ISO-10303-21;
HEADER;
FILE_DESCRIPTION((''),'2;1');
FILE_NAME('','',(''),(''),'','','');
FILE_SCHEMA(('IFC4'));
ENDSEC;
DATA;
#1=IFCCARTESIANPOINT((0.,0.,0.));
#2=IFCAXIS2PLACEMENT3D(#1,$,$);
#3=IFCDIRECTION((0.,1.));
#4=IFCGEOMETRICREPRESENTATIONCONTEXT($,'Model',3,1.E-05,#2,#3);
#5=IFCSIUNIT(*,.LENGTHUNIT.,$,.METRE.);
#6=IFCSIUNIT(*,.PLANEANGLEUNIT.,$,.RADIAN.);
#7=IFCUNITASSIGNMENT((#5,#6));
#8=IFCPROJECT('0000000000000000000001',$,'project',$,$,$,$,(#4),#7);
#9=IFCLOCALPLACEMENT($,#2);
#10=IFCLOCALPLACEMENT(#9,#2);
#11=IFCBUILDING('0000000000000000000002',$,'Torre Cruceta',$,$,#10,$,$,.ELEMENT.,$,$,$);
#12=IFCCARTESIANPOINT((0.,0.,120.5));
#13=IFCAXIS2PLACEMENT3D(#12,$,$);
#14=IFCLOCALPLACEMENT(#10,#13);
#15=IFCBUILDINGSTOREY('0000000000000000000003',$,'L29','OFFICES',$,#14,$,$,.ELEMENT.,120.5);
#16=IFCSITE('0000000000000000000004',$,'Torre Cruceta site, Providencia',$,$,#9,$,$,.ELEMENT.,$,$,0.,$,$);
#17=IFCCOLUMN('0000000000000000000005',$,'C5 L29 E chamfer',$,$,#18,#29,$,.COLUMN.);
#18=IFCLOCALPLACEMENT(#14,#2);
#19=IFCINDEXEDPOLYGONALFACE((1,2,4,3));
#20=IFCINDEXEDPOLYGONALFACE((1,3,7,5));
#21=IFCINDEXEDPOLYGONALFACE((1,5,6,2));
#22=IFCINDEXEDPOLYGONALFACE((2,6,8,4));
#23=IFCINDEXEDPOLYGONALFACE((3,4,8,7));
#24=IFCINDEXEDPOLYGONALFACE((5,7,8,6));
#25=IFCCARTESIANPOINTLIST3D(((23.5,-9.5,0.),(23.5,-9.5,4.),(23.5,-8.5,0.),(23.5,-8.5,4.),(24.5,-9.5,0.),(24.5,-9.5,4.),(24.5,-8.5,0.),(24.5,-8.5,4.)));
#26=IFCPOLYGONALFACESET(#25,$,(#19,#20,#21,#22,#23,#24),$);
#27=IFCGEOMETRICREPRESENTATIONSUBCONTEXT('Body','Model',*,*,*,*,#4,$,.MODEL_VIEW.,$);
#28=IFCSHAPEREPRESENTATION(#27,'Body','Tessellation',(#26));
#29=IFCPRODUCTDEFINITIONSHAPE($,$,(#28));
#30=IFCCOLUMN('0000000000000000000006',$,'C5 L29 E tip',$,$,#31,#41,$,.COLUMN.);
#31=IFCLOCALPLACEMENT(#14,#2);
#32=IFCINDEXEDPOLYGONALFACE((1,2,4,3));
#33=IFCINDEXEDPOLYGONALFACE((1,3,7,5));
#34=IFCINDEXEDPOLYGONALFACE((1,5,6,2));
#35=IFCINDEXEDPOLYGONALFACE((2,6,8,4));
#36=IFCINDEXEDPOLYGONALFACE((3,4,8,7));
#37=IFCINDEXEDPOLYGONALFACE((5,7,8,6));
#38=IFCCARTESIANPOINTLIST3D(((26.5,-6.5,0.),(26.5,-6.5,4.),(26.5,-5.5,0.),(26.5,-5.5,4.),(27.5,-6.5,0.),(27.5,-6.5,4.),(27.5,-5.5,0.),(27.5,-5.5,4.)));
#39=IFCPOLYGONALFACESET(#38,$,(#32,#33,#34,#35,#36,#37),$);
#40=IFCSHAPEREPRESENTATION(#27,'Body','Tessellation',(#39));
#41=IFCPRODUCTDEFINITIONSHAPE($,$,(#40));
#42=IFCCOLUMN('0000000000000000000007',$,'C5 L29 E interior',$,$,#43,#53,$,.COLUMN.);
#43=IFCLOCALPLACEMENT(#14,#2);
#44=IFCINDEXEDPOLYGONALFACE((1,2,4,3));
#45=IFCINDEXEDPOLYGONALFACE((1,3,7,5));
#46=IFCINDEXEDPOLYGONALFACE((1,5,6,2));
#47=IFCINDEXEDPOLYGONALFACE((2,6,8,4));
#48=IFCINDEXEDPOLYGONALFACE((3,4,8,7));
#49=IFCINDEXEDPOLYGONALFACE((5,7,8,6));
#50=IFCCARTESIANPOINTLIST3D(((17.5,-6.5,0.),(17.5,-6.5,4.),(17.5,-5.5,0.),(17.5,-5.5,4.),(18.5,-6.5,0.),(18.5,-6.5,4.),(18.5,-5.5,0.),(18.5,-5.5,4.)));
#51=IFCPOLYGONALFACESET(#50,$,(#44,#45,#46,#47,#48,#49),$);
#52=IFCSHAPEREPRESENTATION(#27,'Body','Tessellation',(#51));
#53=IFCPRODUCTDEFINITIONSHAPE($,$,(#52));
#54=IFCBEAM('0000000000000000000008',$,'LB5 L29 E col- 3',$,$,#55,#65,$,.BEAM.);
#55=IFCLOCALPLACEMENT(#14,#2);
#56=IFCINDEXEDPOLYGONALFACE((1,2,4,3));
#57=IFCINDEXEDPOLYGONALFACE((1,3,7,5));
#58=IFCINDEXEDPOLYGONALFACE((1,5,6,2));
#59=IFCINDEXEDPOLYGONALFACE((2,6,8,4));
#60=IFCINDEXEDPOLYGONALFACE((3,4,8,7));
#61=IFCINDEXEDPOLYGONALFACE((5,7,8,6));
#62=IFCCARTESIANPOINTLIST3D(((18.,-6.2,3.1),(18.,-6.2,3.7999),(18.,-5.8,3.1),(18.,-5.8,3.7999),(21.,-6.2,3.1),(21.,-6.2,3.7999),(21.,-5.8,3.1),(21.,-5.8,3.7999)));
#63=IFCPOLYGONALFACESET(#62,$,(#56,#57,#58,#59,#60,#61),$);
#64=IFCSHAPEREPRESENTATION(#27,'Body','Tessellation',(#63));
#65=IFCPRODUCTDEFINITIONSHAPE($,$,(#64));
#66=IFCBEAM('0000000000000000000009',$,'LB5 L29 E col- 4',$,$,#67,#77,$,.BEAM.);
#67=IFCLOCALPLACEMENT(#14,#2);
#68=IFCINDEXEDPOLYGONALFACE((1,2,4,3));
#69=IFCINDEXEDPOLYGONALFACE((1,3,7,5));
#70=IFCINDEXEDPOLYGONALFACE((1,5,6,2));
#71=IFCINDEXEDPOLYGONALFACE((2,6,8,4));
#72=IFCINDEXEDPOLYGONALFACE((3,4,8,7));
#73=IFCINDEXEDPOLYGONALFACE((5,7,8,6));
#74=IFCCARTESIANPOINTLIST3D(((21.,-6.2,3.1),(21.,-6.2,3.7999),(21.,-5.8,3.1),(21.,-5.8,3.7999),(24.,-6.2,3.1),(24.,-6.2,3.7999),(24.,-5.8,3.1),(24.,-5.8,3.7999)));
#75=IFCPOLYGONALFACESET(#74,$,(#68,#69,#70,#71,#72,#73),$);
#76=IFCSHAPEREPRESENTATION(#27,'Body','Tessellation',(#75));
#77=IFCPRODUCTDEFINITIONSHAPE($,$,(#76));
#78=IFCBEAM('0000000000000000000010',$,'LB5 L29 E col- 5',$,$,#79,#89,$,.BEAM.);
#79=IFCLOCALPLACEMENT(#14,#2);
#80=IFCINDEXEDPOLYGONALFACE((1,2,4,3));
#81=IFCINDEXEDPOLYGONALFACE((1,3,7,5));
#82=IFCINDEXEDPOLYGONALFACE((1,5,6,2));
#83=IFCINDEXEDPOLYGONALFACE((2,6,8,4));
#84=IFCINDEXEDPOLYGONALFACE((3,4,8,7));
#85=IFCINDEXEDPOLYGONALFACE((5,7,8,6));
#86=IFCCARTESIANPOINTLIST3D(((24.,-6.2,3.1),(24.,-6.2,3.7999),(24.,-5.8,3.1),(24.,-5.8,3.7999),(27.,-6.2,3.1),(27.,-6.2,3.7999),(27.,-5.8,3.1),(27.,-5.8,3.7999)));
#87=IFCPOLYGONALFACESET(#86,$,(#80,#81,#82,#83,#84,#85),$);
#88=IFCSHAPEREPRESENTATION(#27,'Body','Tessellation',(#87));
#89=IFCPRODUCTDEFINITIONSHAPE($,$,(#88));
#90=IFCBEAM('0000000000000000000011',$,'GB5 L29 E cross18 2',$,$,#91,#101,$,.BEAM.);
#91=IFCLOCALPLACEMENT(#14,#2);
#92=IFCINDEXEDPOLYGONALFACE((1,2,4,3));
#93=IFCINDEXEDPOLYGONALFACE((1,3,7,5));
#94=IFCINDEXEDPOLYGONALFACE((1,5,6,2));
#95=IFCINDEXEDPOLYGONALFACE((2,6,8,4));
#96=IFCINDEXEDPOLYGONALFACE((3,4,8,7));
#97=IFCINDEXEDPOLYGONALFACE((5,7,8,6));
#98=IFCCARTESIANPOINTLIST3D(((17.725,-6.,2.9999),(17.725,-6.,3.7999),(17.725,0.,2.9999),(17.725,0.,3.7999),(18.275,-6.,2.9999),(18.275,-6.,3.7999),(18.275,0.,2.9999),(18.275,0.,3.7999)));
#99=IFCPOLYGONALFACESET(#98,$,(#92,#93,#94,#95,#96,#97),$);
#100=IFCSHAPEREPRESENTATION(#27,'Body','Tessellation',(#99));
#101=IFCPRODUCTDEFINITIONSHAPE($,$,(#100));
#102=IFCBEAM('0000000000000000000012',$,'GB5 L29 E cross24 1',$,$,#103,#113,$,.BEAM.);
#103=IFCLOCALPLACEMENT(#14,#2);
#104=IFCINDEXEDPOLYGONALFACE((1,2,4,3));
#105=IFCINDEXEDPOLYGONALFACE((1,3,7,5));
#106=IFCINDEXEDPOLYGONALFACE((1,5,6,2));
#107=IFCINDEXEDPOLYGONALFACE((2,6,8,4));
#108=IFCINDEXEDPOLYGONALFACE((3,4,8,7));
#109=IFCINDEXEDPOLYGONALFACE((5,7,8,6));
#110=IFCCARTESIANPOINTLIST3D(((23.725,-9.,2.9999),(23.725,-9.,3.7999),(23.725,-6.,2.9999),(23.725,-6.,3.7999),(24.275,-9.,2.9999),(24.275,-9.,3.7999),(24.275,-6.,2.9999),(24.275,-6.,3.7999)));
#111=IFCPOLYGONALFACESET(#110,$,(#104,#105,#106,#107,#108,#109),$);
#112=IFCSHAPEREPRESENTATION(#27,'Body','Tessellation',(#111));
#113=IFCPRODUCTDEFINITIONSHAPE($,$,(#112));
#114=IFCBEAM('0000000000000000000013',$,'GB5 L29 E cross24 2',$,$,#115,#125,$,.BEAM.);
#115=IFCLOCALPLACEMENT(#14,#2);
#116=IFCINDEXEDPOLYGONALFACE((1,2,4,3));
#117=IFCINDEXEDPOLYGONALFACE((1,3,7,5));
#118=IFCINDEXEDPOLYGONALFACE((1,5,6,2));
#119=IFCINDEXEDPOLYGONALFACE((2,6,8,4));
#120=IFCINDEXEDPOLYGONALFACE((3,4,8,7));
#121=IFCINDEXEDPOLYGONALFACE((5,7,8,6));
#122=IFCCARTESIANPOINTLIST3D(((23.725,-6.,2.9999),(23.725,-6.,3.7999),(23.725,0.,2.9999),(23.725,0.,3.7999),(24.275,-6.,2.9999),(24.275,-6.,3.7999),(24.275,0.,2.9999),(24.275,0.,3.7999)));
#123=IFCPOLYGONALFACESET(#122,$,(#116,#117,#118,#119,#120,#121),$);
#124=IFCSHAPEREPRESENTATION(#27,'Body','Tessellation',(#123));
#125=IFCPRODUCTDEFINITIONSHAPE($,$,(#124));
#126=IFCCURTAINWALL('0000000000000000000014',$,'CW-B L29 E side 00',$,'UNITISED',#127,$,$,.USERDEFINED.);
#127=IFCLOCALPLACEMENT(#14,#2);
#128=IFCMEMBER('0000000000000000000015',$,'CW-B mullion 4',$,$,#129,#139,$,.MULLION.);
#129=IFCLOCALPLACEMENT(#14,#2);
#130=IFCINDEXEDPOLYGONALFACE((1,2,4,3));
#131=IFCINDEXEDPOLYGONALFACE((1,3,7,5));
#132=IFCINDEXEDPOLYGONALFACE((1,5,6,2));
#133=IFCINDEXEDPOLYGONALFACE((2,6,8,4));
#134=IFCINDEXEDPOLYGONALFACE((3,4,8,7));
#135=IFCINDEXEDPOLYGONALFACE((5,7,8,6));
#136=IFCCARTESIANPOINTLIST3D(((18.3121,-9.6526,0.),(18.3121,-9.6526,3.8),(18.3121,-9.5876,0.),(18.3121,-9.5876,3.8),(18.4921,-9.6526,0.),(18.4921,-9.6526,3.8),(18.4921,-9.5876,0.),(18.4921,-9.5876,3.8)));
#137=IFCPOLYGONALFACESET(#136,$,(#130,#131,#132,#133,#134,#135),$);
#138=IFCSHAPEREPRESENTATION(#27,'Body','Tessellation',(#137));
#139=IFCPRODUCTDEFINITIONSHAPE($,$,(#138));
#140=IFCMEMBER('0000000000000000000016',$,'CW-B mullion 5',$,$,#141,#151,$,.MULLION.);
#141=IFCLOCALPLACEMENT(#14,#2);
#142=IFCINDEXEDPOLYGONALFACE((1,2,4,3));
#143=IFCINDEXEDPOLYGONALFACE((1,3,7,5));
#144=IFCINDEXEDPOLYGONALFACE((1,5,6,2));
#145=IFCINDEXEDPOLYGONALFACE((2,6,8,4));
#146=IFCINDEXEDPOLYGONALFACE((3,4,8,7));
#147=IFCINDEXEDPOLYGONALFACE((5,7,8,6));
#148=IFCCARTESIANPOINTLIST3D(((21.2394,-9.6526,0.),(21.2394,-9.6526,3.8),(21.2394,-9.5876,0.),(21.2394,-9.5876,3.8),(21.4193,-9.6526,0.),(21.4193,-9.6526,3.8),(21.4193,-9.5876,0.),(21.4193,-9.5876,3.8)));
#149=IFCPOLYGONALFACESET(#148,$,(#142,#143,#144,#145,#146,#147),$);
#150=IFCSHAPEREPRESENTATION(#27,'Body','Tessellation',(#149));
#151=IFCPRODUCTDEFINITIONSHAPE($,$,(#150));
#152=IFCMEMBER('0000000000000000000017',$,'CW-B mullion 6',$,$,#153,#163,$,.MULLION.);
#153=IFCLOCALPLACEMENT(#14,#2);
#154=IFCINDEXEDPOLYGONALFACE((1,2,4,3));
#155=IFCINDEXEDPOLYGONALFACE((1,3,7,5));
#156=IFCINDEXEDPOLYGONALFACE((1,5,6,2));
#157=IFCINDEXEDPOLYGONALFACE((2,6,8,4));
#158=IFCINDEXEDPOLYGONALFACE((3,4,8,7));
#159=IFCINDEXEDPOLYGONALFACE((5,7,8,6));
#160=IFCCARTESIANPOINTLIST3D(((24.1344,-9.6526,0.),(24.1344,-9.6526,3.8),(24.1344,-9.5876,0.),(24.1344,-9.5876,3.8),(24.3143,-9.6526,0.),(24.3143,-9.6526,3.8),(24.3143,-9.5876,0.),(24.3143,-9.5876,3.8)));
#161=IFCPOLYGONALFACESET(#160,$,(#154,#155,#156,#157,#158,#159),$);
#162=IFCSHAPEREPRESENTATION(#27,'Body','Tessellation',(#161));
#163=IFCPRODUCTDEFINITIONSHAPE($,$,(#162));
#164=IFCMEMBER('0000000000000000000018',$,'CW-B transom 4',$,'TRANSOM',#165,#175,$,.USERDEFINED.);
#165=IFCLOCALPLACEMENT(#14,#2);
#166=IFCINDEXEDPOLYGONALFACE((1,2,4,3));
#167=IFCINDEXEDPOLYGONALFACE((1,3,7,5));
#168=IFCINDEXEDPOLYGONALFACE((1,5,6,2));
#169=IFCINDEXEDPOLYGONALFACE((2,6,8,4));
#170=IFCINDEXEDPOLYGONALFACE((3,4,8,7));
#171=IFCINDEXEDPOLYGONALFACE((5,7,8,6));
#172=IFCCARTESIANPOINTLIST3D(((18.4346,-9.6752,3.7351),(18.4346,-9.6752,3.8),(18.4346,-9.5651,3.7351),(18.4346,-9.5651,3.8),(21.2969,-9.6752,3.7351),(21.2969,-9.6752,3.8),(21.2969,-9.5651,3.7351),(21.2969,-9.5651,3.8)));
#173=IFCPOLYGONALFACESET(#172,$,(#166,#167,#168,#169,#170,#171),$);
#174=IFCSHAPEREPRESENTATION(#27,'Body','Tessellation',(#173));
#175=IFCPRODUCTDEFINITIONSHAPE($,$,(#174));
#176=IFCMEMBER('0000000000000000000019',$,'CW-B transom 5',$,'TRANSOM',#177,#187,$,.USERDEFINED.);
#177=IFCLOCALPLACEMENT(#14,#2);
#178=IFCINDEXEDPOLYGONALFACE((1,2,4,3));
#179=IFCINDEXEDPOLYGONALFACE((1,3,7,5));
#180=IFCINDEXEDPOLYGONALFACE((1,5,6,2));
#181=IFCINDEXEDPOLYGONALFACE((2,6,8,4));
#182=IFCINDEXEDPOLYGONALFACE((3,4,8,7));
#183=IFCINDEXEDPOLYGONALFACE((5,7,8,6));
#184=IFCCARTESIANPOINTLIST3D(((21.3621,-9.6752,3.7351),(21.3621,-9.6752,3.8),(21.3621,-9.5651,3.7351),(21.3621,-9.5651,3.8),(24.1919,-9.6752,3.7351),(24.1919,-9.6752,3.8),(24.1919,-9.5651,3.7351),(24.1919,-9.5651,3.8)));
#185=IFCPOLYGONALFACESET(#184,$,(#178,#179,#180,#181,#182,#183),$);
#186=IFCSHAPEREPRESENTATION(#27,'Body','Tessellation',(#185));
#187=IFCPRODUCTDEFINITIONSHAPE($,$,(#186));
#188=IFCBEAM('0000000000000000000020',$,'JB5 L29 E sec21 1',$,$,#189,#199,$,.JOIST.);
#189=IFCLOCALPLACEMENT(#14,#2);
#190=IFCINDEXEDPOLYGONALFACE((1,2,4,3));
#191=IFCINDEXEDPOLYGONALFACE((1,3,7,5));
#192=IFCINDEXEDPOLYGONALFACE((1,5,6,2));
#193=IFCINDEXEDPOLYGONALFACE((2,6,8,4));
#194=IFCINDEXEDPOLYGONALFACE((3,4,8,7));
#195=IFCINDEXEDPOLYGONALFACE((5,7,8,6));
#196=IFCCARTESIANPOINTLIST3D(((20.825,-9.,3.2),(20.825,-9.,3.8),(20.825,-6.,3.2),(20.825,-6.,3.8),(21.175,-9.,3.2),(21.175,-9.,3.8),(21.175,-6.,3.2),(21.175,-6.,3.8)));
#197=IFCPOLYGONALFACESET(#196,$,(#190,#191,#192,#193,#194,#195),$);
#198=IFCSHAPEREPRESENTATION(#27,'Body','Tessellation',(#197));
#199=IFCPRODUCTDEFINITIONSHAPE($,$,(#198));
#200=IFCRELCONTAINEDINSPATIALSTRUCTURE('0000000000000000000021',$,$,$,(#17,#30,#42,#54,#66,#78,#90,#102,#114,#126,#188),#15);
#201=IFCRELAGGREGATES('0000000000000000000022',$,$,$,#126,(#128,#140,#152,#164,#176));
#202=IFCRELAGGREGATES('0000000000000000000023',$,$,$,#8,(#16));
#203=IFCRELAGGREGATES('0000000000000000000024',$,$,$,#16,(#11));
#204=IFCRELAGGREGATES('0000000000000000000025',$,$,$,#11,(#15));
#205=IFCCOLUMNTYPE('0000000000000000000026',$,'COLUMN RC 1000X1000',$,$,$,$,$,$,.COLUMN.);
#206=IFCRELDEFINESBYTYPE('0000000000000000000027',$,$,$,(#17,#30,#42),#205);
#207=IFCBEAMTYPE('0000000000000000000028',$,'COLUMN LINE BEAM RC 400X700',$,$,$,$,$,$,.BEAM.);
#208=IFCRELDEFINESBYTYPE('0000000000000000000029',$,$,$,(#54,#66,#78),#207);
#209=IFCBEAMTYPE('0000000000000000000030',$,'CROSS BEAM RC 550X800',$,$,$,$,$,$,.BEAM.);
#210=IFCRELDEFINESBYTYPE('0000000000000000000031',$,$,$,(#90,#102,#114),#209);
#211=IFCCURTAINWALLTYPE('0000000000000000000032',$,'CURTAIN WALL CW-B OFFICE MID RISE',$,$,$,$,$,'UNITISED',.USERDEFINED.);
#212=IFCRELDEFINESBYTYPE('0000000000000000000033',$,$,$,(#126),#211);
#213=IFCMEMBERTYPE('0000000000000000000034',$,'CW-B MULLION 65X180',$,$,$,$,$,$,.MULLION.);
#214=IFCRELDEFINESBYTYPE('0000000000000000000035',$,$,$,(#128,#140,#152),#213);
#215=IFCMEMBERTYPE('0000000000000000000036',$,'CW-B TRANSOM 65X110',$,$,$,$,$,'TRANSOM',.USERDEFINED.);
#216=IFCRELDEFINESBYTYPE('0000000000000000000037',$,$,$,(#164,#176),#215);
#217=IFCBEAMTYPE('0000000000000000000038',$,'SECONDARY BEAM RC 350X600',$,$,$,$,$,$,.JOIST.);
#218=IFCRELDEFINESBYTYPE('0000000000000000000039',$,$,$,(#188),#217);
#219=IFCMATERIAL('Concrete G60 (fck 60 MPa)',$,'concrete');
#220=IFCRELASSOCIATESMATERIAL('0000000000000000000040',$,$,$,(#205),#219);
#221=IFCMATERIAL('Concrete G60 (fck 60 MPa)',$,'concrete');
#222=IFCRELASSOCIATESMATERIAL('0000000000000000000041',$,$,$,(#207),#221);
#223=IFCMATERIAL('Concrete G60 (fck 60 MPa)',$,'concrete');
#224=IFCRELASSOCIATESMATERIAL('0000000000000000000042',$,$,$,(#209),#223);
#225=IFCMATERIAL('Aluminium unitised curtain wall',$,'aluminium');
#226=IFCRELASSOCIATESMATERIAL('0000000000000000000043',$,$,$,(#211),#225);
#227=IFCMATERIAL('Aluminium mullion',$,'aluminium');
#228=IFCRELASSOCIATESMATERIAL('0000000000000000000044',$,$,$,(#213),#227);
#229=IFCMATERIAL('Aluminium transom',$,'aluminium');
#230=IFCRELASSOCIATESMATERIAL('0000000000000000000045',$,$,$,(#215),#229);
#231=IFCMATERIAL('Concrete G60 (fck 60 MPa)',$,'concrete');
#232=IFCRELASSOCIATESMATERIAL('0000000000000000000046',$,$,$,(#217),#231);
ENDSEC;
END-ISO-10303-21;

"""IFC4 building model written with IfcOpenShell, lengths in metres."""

from ifc_helpers import new_model, si_unit, direction, frame, origin, origin_2d, place, context, subcontext, project, spatial, rectangle, extrude, material, material_profile, profile_set, type_object, element, aggregate, save


model = new_model("IFC4")

# Units and contexts
model_context = context("Model", 3, precision=1e-05, world=origin(), true_north=direction((0.0, 1.0)))
body_context = subcontext(model_context, "Body", "Model", "MODEL_VIEW")
ifc_project = project(units=[si_unit("LENGTHUNIT", "METRE"), si_unit("PLANEANGLEUNIT", "RADIAN")], contexts=[model_context])

# Site, building, storey
site_placement = place(None, origin())
site = spatial("IfcSite", under=ifc_project, at=site_placement, Name="Torre Cruceta site, Providencia", CompositionType="ELEMENT", RefElevation=0.0)
building_placement = place(site_placement, origin())
building = spatial("IfcBuilding", under=site, at=building_placement, Name="Torre Cruceta", CompositionType="ELEMENT")
storey_placement = place(building_placement, frame((0.0, 0.0, 120.5)))
storey = spatial("IfcBuildingStorey", under=building, at=storey_placement, Name="L29", Description="OFFICES", CompositionType="ELEMENT", Elevation=120.5)

# Columns
ifc_material_1 = material(Name="Concrete G60 (fck 60 MPa)", Category="concrete")
ifc_material_profile_1 = material_profile(ifc_material_1, rectangle(XDim=1.0, YDim=1.0, at=origin_2d()), Name="RC 1000X1000")
ifc_profile_set_1 = profile_set([ifc_material_profile_1], Name="Concrete G60 (fck 60 MPa)")
column_type = type_object("IfcColumnType", Name="COLUMN RC 1000X1000", PredefinedType="COLUMN", material=ifc_profile_set_1)
for number, where, z_axis, x_axis, name in (
    (1, (24.0, -9.0, 0.0), (0.0, 0.0, 1.0), (1.0, 0.0, 0.0), "C5 L29 E chamfer"),
    (2, (27.0, -6.0, 0.0), (0.0, 0.0, 1.0), (1.0, 0.0, 0.0), "C5 L29 E tip"),
    (3, (18.0, -6.0, 0.0), (0.0, 0.0, 1.0), (1.0, 0.0, 0.0), "C5 L29 E interior"),
):
    element("IfcColumn", number, at=place(storey_placement, frame(where, z_axis=z_axis, x_axis=x_axis)), inside=storey, type_object=column_type, Name=name, PredefinedType="COLUMN", context=body_context, shape_type="SweptSolid", body=[
        extrude(rectangle(XDim=1.0, YDim=1.0, at=origin_2d()), origin(), (0.0, 0.0, 1.0), 4.0),
    ])

# Beams
ifc_material_2 = material(Name="Concrete G60 (fck 60 MPa)", Category="concrete")
ifc_material_profile_2 = material_profile(ifc_material_2, rectangle(XDim=0.3999, YDim=0.7, at=origin_2d()), Name="RC 400X700")
ifc_profile_set_2 = profile_set([ifc_material_profile_2], Name="Concrete G60 (fck 60 MPa)")
beam_type_1 = type_object("IfcBeamType", Name="COLUMN LINE BEAM RC 400X700", PredefinedType="BEAM", material=ifc_profile_set_2)
for number, where, z_axis, x_axis, name in (
    (4, (18.0, -6.0, 3.45), (1.0, 0.0, 0.0), (0.0, 1.0, 0.0), "LB5 L29 E col- 3"),
    (5, (21.0, -6.0, 3.45), (1.0, 0.0, 0.0), (0.0, 1.0, 0.0), "LB5 L29 E col- 4"),
    (6, (24.0, -6.0, 3.45), (1.0, 0.0, 0.0), (0.0, 1.0, 0.0), "LB5 L29 E col- 5"),
):
    element("IfcBeam", number, at=place(storey_placement, frame(where, z_axis=z_axis, x_axis=x_axis)), inside=storey, type_object=beam_type_1, Name=name, PredefinedType="BEAM", context=body_context, shape_type="SweptSolid", body=[
        extrude(rectangle(XDim=0.3999, YDim=0.7, at=origin_2d()), origin(), (0.0, 0.0, 1.0), 3.0),
    ])
ifc_material_3 = material(Name="Concrete G60 (fck 60 MPa)", Category="concrete")
ifc_material_profile_3 = material_profile(ifc_material_3, rectangle(XDim=0.55, YDim=0.8, at=origin_2d()), Name="RC 550X800")
ifc_profile_set_3 = profile_set([ifc_material_profile_3], Name="Concrete G60 (fck 60 MPa)")
beam_type_2 = type_object("IfcBeamType", Name="CROSS BEAM RC 550X800", PredefinedType="BEAM", material=ifc_profile_set_3)
beam_1_placement = place(storey_placement, frame((18.0, -6.0, 3.3999), z_axis=(0.0, 1.0, 0.0), x_axis=(-1.0, 0.0, 0.0)))
element("IfcBeam", 7, at=beam_1_placement, inside=storey, type_object=beam_type_2, Name="GB5 L29 E cross18 2", PredefinedType="BEAM", context=body_context, shape_type="SweptSolid", body=[
    extrude(rectangle(XDim=0.55, YDim=0.8, at=origin_2d()), origin(), (0.0, 0.0, 1.0), 6.0),
])
beam_2_placement = place(storey_placement, frame((24.0, -9.0, 3.3999), z_axis=(0.0, 1.0, 0.0), x_axis=(-1.0, 0.0, 0.0)))
element("IfcBeam", 8, at=beam_2_placement, inside=storey, type_object=beam_type_2, Name="GB5 L29 E cross24 1", PredefinedType="BEAM", context=body_context, shape_type="SweptSolid", body=[
    extrude(rectangle(XDim=0.55, YDim=0.8, at=origin_2d()), origin(), (0.0, 0.0, 1.0), 3.0),
])
beam_3_placement = place(storey_placement, frame((24.0, -6.0, 3.3999), z_axis=(0.0, 1.0, 0.0), x_axis=(-1.0, 0.0, 0.0)))
element("IfcBeam", 9, at=beam_3_placement, inside=storey, type_object=beam_type_2, Name="GB5 L29 E cross24 2", PredefinedType="BEAM", context=body_context, shape_type="SweptSolid", body=[
    extrude(rectangle(XDim=0.55, YDim=0.8, at=origin_2d()), origin(), (0.0, 0.0, 1.0), 6.0),
])

# Curtain wall, members
ifc_material_4 = material(Name="Aluminium unitised curtain wall", Category="aluminium")
curtain_wall_type = type_object("IfcCurtainWallType", Name="CURTAIN WALL CW-B OFFICE MID RISE", ElementType="UNITISED", PredefinedType="USERDEFINED", material=ifc_material_4)
curtain_wall_placement = place(storey_placement, origin())
curtain_wall = element("IfcCurtainWall", 10, at=curtain_wall_placement, inside=storey, type_object=curtain_wall_type, Name="CW-B L29 E side 00", ObjectType="UNITISED", PredefinedType="USERDEFINED")
ifc_material_5 = material(Name="Aluminium mullion", Category="aluminium")
ifc_material_profile_4 = material_profile(ifc_material_5, rectangle(XDim=0.0649, YDim=0.1799, at=origin_2d()), Name="AL 65X180")
ifc_profile_set_4 = profile_set([ifc_material_profile_4], Name="Aluminium mullion")
member_type_1 = type_object("IfcMemberType", Name="CW-B MULLION 65X180", PredefinedType="MULLION", material=ifc_profile_set_4)
member_1_placement = place(storey_placement, frame((18.4021, -9.6201, 0.0), z_axis=(0.0, 0.0, 1.0), x_axis=(0.0, 1.0, 0.0)))
member_1 = element("IfcMember", 11, at=member_1_placement, type_object=member_type_1, Name="CW-B mullion 4", PredefinedType="MULLION", context=body_context, shape_type="SweptSolid", body=[
    extrude(rectangle(XDim=0.0649, YDim=0.1799, at=origin_2d()), origin(), (0.0, 0.0, 1.0), 3.8),
])
member_2_placement = place(storey_placement, frame((21.3293, -9.6201, 0.0), z_axis=(0.0, 0.0, 1.0), x_axis=(0.0, 1.0, 0.0)))
member_2 = element("IfcMember", 12, at=member_2_placement, type_object=member_type_1, Name="CW-B mullion 5", PredefinedType="MULLION", context=body_context, shape_type="SweptSolid", body=[
    extrude(rectangle(XDim=0.0649, YDim=0.1799, at=origin_2d()), origin(), (0.0, 0.0, 1.0), 3.8),
])
member_3_placement = place(storey_placement, frame((24.2244, -9.6201, 0.0), z_axis=(0.0, 0.0, 1.0), x_axis=(0.0, 1.0, 0.0)))
member_3 = element("IfcMember", 13, at=member_3_placement, type_object=member_type_1, Name="CW-B mullion 6", PredefinedType="MULLION", context=body_context, shape_type="SweptSolid", body=[
    extrude(rectangle(XDim=0.0649, YDim=0.1799, at=origin_2d()), origin(), (0.0, 0.0, 1.0), 3.8),
])
ifc_material_6 = material(Name="Aluminium transom", Category="aluminium")
ifc_material_profile_5 = material_profile(ifc_material_6, rectangle(XDim=0.1101, YDim=0.0649, at=origin_2d()), Name="AL 110X65")
ifc_profile_set_5 = profile_set([ifc_material_profile_5], Name="Aluminium transom")
member_type_2 = type_object("IfcMemberType", Name="CW-B TRANSOM 65X110", ElementType="TRANSOM", PredefinedType="USERDEFINED", material=ifc_profile_set_5)
member_4_placement = place(storey_placement, frame((18.4346, -9.6201, 3.7676), z_axis=(1.0, 0.0, 0.0), x_axis=(0.0, 1.0, 0.0)))
member_4 = element("IfcMember", 14, at=member_4_placement, type_object=member_type_2, Name="CW-B transom 4", ObjectType="TRANSOM", PredefinedType="USERDEFINED", context=body_context, shape_type="SweptSolid", body=[
    extrude(rectangle(XDim=0.1101, YDim=0.0649, at=origin_2d()), origin(), (0.0, 0.0, 1.0), 2.8623),
])
member_5_placement = place(storey_placement, frame((21.3621, -9.6201, 3.7676), z_axis=(1.0, 0.0, 0.0), x_axis=(0.0, 1.0, 0.0)))
member_5 = element("IfcMember", 15, at=member_5_placement, type_object=member_type_2, Name="CW-B transom 5", ObjectType="TRANSOM", PredefinedType="USERDEFINED", context=body_context, shape_type="SweptSolid", body=[
    extrude(rectangle(XDim=0.1101, YDim=0.0649, at=origin_2d()), origin(), (0.0, 0.0, 1.0), 2.8298),
])

# Beam
ifc_material_7 = material(Name="Concrete G60 (fck 60 MPa)", Category="concrete")
ifc_material_profile_6 = material_profile(ifc_material_7, rectangle(XDim=0.3501, YDim=0.6001, at=origin_2d()), Name="RC 350X600")
ifc_profile_set_6 = profile_set([ifc_material_profile_6], Name="Concrete G60 (fck 60 MPa)")
beam_type_3 = type_object("IfcBeamType", Name="SECONDARY BEAM RC 350X600", PredefinedType="JOIST", material=ifc_profile_set_6)
beam_4_placement = place(storey_placement, frame((21.0, -9.0, 3.5), z_axis=(0.0, 1.0, 0.0), x_axis=(-1.0, 0.0, 0.0)))
element("IfcBeam", 16, at=beam_4_placement, inside=storey, type_object=beam_type_3, Name="JB5 L29 E sec21 1", PredefinedType="JOIST", context=body_context, shape_type="SweptSolid", body=[
    extrude(rectangle(XDim=0.3501, YDim=0.6001, at=origin_2d()), origin(), (0.0, 0.0, 1.0), 3.0),
])

aggregate(curtain_wall, [member_1, member_2, member_3, member_4, member_5])

save(model, "model.ifc")
